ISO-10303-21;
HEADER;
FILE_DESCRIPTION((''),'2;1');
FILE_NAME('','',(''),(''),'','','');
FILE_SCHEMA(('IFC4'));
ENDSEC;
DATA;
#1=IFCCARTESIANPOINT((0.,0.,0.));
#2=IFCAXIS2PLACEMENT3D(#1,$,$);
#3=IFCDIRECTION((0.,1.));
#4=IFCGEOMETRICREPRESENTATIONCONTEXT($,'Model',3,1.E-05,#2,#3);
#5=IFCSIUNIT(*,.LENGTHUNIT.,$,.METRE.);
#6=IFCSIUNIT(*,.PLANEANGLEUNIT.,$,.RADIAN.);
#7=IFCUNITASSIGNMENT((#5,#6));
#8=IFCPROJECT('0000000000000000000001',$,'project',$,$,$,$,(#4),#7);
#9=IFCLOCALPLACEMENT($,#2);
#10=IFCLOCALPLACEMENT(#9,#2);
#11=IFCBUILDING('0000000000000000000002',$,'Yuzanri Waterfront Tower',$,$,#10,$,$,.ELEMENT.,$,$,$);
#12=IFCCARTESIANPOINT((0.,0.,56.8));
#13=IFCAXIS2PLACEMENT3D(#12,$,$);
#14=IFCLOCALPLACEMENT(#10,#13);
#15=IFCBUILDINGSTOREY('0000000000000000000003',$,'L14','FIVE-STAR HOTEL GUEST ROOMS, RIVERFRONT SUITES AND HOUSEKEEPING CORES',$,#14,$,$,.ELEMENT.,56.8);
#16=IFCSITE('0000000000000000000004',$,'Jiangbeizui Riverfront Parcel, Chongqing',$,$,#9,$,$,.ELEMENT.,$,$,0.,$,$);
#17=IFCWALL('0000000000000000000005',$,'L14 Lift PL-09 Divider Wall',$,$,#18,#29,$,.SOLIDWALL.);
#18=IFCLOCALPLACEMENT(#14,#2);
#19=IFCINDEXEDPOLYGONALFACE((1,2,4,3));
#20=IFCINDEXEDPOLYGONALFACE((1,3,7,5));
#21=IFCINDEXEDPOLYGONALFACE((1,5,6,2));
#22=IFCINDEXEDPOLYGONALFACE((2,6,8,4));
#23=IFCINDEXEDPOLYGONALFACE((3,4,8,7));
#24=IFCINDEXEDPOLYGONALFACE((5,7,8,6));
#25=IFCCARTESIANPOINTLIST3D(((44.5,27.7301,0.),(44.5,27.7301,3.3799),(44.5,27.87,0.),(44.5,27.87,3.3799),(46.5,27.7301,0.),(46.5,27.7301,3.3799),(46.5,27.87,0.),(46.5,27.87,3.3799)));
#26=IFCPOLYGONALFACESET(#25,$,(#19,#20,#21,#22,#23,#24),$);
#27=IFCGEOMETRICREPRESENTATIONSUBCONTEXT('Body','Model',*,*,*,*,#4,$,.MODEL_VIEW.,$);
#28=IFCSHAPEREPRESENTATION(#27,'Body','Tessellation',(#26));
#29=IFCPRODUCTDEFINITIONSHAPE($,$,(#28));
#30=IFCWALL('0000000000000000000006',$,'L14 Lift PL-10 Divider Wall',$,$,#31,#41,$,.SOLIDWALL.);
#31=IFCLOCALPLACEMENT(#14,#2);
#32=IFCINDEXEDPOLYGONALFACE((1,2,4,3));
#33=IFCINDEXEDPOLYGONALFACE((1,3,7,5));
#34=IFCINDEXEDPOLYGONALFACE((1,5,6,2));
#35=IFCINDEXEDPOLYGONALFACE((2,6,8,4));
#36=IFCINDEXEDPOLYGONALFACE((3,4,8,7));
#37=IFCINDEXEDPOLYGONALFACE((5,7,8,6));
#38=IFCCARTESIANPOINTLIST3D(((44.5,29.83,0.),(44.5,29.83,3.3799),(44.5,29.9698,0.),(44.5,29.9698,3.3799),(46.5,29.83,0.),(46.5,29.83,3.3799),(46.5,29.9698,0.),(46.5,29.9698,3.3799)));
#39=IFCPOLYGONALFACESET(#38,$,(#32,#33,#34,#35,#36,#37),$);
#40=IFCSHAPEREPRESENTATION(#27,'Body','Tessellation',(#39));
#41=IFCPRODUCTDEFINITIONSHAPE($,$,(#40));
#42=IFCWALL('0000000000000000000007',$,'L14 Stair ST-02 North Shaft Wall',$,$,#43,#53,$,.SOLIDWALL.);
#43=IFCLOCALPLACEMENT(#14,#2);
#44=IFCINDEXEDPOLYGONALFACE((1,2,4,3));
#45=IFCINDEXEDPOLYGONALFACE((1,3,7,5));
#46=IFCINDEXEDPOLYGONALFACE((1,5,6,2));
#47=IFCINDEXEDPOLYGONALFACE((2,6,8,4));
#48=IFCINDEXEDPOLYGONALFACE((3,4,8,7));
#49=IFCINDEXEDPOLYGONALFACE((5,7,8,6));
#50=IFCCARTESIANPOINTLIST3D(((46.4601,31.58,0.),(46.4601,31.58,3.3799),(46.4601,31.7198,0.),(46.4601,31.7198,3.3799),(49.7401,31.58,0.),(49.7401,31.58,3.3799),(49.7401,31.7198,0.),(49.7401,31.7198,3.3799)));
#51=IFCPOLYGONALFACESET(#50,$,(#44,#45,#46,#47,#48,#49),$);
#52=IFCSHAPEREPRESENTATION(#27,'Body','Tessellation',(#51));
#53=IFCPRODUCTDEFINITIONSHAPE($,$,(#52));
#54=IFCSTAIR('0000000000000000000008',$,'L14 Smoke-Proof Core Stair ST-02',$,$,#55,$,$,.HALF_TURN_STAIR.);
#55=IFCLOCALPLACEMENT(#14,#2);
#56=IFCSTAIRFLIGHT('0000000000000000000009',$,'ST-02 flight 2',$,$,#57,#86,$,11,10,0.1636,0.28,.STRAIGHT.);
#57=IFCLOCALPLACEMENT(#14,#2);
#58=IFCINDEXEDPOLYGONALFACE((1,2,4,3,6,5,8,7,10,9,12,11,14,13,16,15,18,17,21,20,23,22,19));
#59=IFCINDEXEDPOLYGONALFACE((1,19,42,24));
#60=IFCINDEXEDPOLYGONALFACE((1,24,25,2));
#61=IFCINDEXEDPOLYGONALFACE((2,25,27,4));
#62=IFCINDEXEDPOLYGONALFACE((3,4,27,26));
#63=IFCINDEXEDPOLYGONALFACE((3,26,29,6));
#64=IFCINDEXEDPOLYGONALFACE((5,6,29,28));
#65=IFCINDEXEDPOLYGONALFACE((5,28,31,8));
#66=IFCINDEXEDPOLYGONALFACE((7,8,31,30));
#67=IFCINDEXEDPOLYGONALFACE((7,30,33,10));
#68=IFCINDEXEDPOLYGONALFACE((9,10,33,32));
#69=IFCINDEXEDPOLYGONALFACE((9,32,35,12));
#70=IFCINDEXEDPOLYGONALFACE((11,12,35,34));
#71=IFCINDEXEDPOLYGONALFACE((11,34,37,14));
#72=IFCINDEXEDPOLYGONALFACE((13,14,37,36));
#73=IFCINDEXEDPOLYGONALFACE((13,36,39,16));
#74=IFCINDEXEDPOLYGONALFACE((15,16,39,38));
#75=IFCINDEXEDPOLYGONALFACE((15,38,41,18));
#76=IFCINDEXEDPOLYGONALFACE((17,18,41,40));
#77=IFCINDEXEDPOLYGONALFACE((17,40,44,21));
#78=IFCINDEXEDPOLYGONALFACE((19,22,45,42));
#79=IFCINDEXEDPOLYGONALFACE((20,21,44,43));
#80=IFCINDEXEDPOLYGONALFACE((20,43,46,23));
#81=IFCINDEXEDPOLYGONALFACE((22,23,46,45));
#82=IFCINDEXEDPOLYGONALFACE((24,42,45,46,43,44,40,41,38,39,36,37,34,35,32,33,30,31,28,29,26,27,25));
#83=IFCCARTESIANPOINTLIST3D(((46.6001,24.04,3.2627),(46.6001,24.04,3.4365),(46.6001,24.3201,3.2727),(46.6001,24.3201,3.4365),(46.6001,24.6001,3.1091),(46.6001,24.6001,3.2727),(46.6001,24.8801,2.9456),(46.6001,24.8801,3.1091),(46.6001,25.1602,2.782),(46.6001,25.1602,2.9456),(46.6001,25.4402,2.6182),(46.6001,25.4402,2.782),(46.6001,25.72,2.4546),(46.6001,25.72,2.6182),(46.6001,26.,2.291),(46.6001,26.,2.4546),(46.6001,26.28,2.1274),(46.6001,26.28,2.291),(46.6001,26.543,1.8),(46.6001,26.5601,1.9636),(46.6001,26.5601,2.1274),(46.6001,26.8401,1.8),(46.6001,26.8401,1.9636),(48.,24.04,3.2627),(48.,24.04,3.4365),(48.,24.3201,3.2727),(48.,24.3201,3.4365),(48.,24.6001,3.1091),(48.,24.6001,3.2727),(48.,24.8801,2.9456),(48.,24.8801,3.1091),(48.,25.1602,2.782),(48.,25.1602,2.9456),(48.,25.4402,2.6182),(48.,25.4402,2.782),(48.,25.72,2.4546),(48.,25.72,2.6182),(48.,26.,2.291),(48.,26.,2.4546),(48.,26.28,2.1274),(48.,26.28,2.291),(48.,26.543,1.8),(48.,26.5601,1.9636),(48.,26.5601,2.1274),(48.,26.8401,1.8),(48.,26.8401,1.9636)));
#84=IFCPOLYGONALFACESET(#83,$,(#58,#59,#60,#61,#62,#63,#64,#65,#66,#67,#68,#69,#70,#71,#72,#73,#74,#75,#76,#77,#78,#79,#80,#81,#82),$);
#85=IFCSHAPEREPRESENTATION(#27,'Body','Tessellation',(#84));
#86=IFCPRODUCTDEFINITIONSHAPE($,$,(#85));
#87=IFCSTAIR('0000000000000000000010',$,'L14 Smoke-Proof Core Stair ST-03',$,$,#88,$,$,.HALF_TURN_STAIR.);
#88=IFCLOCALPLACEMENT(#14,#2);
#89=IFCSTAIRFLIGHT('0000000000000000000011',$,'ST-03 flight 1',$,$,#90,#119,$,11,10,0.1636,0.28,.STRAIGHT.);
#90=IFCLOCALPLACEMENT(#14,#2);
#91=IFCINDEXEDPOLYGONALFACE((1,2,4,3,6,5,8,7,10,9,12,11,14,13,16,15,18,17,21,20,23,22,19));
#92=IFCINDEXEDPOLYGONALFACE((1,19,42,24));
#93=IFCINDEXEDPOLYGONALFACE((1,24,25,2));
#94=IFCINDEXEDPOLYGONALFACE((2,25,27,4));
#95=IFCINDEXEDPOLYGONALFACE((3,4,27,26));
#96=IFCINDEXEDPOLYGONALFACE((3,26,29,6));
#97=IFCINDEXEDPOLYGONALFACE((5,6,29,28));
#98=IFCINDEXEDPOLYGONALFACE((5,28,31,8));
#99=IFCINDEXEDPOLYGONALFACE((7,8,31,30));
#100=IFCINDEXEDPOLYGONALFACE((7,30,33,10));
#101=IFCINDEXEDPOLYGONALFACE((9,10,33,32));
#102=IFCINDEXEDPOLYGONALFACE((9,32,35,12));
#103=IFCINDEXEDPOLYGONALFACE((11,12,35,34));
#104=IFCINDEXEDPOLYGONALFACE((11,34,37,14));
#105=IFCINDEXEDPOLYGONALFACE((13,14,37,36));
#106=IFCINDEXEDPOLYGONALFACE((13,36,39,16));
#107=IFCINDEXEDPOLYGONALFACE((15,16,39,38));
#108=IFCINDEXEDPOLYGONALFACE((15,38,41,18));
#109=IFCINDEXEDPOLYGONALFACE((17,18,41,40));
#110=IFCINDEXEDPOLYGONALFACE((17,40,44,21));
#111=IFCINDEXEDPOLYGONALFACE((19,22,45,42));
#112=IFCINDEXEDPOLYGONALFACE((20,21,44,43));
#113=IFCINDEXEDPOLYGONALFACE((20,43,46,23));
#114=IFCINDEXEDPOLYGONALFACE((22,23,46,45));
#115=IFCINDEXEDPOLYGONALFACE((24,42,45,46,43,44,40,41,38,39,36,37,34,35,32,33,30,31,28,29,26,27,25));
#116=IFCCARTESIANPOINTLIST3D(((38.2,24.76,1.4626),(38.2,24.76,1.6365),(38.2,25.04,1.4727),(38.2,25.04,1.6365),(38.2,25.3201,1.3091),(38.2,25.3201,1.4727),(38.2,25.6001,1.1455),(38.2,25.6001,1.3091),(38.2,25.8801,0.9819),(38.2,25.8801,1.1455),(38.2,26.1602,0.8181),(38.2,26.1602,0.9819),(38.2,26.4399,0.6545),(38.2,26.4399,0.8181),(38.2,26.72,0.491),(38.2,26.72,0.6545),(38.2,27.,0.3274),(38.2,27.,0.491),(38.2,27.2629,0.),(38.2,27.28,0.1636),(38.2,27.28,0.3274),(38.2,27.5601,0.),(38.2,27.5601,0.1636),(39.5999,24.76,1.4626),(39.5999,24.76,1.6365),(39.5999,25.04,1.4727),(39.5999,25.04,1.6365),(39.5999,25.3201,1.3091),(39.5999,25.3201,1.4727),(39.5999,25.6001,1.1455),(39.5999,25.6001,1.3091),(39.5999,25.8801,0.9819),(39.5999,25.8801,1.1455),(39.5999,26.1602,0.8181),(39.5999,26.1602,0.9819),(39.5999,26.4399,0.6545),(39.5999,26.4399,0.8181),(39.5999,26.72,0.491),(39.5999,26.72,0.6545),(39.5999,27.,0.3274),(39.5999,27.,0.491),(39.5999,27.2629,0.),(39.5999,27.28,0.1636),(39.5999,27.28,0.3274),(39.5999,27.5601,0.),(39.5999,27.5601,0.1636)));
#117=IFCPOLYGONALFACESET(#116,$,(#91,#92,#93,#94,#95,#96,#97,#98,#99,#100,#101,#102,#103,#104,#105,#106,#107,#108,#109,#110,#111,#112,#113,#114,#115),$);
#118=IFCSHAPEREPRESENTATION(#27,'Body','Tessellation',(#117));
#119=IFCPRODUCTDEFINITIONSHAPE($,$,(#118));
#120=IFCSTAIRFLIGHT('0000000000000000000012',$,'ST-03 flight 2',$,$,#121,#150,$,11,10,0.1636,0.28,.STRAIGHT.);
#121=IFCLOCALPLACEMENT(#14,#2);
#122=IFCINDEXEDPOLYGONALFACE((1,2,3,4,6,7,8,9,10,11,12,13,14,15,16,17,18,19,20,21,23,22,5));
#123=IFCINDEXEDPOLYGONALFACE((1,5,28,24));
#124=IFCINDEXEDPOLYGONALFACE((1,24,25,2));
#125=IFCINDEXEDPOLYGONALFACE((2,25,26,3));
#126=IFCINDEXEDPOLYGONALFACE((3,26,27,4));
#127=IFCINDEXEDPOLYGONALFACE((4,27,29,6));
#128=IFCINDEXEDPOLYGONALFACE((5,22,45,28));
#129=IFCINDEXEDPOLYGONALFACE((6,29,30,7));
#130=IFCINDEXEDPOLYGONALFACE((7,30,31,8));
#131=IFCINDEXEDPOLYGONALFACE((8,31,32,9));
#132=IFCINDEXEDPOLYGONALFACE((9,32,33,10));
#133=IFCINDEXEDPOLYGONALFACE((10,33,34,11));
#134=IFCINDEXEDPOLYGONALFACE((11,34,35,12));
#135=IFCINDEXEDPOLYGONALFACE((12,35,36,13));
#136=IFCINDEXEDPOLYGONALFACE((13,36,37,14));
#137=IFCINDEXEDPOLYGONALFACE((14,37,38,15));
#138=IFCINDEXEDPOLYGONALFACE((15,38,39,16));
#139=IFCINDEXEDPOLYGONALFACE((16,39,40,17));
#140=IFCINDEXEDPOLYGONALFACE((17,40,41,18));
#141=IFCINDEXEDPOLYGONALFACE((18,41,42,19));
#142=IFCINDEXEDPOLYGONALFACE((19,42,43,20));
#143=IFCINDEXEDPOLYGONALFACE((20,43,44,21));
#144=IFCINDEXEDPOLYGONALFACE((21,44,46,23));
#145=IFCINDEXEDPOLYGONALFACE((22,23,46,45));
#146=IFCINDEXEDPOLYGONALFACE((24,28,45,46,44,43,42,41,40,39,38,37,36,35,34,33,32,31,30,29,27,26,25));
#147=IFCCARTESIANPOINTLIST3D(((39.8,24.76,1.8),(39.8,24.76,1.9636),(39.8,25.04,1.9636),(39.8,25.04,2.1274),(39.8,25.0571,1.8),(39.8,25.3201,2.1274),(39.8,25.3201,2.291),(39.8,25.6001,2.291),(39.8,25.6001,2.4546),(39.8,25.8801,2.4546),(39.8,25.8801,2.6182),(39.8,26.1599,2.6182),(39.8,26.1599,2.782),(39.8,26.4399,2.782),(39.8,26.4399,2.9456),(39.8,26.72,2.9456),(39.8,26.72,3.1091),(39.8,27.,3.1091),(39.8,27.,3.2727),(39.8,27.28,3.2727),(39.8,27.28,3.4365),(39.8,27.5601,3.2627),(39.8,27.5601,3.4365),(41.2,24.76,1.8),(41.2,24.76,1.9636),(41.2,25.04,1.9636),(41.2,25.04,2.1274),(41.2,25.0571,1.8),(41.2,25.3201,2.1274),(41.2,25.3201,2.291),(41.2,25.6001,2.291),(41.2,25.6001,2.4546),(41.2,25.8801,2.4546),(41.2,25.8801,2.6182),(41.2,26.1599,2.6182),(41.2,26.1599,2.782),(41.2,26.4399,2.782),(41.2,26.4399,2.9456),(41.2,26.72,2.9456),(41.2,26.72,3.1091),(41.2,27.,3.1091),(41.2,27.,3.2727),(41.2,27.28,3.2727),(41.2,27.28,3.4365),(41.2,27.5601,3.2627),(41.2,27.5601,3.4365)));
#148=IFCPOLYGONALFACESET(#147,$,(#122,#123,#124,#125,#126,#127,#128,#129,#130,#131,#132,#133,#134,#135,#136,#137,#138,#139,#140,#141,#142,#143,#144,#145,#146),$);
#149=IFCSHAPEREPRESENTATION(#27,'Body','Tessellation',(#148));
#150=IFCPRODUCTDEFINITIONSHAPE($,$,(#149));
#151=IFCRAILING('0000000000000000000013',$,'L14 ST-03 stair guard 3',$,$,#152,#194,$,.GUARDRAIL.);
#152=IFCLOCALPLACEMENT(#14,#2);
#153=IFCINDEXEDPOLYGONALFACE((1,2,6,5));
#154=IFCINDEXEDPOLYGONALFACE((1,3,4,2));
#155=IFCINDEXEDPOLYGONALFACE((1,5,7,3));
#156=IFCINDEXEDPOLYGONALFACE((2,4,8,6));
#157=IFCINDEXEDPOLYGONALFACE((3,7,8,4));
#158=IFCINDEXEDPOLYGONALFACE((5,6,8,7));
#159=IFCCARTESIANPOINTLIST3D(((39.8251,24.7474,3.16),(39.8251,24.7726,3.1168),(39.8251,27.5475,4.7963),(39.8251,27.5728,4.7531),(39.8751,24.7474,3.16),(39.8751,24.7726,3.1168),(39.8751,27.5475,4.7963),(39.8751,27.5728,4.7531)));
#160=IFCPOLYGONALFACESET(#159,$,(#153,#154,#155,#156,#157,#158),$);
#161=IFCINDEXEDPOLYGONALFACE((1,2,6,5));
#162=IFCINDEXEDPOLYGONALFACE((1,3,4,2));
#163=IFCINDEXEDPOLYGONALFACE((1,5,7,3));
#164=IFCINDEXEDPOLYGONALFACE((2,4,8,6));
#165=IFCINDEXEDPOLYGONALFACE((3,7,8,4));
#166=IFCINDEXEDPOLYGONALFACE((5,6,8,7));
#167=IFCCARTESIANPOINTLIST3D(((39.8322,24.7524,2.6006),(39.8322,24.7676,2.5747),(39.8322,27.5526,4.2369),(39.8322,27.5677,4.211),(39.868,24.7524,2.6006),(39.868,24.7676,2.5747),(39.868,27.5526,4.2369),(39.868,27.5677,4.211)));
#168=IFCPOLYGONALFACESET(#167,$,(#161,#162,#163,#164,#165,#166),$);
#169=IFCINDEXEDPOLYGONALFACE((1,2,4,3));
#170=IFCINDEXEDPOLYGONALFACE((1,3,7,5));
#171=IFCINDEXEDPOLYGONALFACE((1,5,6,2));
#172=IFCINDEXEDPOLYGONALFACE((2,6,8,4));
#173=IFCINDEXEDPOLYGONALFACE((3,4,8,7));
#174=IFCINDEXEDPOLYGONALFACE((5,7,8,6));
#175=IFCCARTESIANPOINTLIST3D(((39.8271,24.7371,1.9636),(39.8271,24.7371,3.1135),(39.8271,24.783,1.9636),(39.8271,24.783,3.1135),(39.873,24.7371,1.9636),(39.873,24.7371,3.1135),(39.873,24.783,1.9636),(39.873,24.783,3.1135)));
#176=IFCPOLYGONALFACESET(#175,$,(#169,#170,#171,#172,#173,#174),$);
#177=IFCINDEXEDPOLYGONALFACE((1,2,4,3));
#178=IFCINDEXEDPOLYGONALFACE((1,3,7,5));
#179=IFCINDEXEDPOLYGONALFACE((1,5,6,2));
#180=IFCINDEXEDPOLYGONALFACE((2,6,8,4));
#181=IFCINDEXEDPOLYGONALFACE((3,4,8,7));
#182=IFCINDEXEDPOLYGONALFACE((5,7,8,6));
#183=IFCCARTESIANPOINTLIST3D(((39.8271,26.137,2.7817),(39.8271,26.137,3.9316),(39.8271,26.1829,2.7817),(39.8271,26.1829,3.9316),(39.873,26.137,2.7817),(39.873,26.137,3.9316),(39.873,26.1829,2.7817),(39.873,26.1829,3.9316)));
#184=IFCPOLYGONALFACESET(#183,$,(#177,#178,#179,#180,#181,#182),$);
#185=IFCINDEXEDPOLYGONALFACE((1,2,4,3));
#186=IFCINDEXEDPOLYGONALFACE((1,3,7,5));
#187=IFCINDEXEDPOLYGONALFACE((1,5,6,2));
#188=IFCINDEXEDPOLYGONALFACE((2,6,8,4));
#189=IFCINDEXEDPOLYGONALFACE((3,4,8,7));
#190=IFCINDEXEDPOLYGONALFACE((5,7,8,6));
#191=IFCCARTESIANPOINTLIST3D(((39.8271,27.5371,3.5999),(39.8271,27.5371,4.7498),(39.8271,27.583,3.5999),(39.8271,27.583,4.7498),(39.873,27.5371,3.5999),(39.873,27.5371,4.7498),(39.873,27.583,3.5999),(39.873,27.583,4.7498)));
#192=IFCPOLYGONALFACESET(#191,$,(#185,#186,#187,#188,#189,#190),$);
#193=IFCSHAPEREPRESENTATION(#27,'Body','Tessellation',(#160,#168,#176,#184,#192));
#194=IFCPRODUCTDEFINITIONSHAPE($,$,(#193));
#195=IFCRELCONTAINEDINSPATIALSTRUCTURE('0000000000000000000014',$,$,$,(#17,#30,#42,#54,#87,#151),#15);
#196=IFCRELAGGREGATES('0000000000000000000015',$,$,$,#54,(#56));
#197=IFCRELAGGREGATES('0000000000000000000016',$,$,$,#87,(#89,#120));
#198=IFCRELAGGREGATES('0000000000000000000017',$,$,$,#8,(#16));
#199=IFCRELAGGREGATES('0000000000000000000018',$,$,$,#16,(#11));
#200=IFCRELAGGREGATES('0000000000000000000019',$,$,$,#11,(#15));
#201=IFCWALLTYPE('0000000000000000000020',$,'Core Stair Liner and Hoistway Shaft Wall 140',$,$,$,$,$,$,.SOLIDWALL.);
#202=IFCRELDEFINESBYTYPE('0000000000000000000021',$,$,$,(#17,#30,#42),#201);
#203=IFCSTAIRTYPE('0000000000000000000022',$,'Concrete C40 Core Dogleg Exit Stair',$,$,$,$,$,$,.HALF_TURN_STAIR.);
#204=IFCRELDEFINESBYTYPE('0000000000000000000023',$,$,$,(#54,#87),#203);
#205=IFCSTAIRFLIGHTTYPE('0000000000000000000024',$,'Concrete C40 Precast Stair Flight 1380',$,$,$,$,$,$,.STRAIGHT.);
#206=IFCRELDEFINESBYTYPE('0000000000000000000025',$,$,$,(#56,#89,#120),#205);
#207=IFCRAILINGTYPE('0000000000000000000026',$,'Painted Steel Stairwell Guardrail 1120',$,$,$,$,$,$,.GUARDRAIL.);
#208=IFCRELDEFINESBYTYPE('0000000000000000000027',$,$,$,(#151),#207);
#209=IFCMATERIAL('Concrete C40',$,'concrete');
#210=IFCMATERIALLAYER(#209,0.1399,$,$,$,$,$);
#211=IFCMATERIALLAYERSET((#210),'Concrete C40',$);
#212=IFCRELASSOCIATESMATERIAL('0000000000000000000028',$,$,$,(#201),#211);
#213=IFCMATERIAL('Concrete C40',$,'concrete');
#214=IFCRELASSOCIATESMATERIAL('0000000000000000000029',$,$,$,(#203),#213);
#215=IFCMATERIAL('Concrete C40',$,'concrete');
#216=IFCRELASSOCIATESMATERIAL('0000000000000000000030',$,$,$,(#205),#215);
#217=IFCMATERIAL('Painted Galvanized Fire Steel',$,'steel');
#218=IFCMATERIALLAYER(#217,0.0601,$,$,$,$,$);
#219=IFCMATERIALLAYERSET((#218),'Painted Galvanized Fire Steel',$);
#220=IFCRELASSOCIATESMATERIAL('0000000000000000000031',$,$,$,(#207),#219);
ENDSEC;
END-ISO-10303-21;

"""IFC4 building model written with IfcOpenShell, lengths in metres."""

from ifc_helpers import new_model, si_unit, direction, frame, frame_2d, origin, origin_2d, place, context, subcontext, project, spatial, polyline, rectangle, outline, extrude, source, transform, mapped, material, layer, layer_set, type_object, element, aggregate, save


model = new_model("IFC4")

# Units and contexts
model_context = context("Model", 3, precision=1e-05, world=origin(), true_north=direction((0.0, 1.0)))
body_context = subcontext(model_context, "Body", "Model", "MODEL_VIEW")
ifc_project = project(units=[si_unit("LENGTHUNIT", "METRE"), si_unit("PLANEANGLEUNIT", "RADIAN")], contexts=[model_context])

# Site, building, storey
site_placement = place(None, origin())
site = spatial("IfcSite", under=ifc_project, at=site_placement, Name="Jiangbeizui Riverfront Parcel, Chongqing", CompositionType="ELEMENT", RefElevation=0.0)
building_placement = place(site_placement, origin())
building = spatial("IfcBuilding", under=site, at=building_placement, Name="Yuzanri Waterfront Tower", CompositionType="ELEMENT")
storey_placement = place(building_placement, frame((0.0, 0.0, 56.8)))
storey = spatial("IfcBuildingStorey", under=building, at=storey_placement, Name="L14", Description="FIVE-STAR HOTEL GUEST ROOMS, RIVERFRONT SUITES AND HOUSEKEEPING CORES", CompositionType="ELEMENT", Elevation=56.8)

# Shared definitions
ifc_material_1 = material(Name="Concrete C40", Category="concrete")
ifc_layer_1 = layer(ifc_material_1, 0.1399)
ifc_layer_set_1 = layer_set([ifc_layer_1], Name="Concrete C40")
wall_type = type_object("IfcWallType", Name="Core Stair Liner and Hoistway Shaft Wall 140", PredefinedType="SOLIDWALL", material=ifc_layer_set_1)

# Walls
shared_shape_1 = source(origin(), body_context, "Body", "SweptSolid", [
    extrude(rectangle(XDim=2.0, YDim=0.1399, at=frame_2d((1.0, 0.0))), origin(), (0.0, 0.0, 1.0), 3.3799),
])
for number, where, z_axis, x_axis, name in (
    (1, (44.5, 27.8, 0.0), (0.0, 0.0, 1.0), (1.0, 0.0, 0.0), "L14 Lift PL-09 Divider Wall"),
    (2, (44.5, 29.8999, 0.0), (0.0, 0.0, 1.0), (1.0, 0.0, 0.0), "L14 Lift PL-10 Divider Wall"),
):
    element("IfcWall", number, at=place(storey_placement, frame(where, z_axis=z_axis, x_axis=x_axis)), inside=storey, type_object=wall_type, Name=name, PredefinedType="SOLIDWALL", context=body_context, shape_type="MappedRepresentation", body=[
        mapped(shared_shape_1, transform((0.0, 0.0, 0.0), scale=1.0)),
    ])
shared_shape_2 = source(origin(), body_context, "Body", "SweptSolid", [
    extrude(rectangle(XDim=3.28, YDim=0.1399, at=frame_2d((1.6401, 0.0))), origin(), (0.0, 0.0, 1.0), 3.3799),
])
wall_1_placement = place(storey_placement, frame((46.46, 31.6499, 0.0), z_axis=(0.0, 0.0, 1.0), x_axis=(1.0, 0.0, 0.0)))
element("IfcWall", 3, at=wall_1_placement, inside=storey, type_object=wall_type, Name="L14 Stair ST-02 North Shaft Wall", PredefinedType="SOLIDWALL", context=body_context, shape_type="MappedRepresentation", body=[
    mapped(shared_shape_2, transform((0.0, 0.0, 0.0), scale=1.0)),
])

# Stair, stair flight
ifc_material_2 = material(Name="Concrete C40", Category="concrete")
stair_type = type_object("IfcStairType", Name="Concrete C40 Core Dogleg Exit Stair", PredefinedType="HALF_TURN_STAIR", material=ifc_material_2)
stair_1_placement = place(storey_placement, origin())
stair_1 = element("IfcStair", 4, at=stair_1_placement, inside=storey, type_object=stair_type, Name="L14 Smoke-Proof Core Stair ST-02", PredefinedType="HALF_TURN_STAIR")
ifc_material_3 = material(Name="Concrete C40", Category="concrete")
stair_flight_type = type_object("IfcStairFlightType", Name="Concrete C40 Precast Stair Flight 1380", PredefinedType="STRAIGHT", material=ifc_material_3)
shared_shape_3 = source(origin(), body_context, "Body", "SweptSolid", [
    extrude(outline(polyline([(0.0, 0.0), (0.0, 0.1636), (0.28, 0.1636), (0.28, 0.3274), (0.5601, 0.3274), (0.5601, 0.491), (0.8401, 0.491), (0.8401, 0.6545), (1.1201, 0.6545), (1.1201, 0.8181), (1.3999, 0.8181), (1.3999, 0.9819), (1.6799, 0.9819), (1.6799, 1.1455), (1.96, 1.1455), (1.96, 1.3091), (2.24, 1.3091), (2.24, 1.4727), (2.52, 1.4727), (2.52, 1.6365), (2.8, 1.6365), (2.8, 1.8), (2.8, 1.4626), (0.2971, 0.0), (0.0, 0.0)])), frame((0.0, 0.7, 0.0), z_axis=(0.0, -1.0, 0.0), x_axis=(1.0, 0.0, 0.0)), (0.0, 0.0, 1.0), 1.3999),
])
stair_flight_1_placement = place(storey_placement, frame((47.3, 26.8401, 1.8), z_axis=(0.0, 0.0, 1.0), x_axis=(0.0, -1.0, 0.0)))
stair_flight_1 = element("IfcStairFlight", 5, at=stair_flight_1_placement, type_object=stair_flight_type, Name="ST-02 flight 2", NumberOfRisers=11, NumberOfTreads=10, PredefinedType="STRAIGHT", RiserHeight=0.1636, TreadLength=0.28, context=body_context, shape_type="MappedRepresentation", body=[
    mapped(shared_shape_3, transform((0.0, 0.0, 0.0), scale=1.0)),
])
aggregate(stair_1, [stair_flight_1])

# Stair, stair flights
stair_2_placement = place(storey_placement, origin())
stair_2 = element("IfcStair", 6, at=stair_2_placement, inside=storey, type_object=stair_type, Name="L14 Smoke-Proof Core Stair ST-03", PredefinedType="HALF_TURN_STAIR")
stair_flight_2_placement = place(storey_placement, frame((38.8999, 27.5601, 0.0), z_axis=(0.0, 0.0, 1.0), x_axis=(0.0, -1.0, 0.0)))
stair_flight_2 = element("IfcStairFlight", 7, at=stair_flight_2_placement, type_object=stair_flight_type, Name="ST-03 flight 1", NumberOfRisers=11, NumberOfTreads=10, PredefinedType="STRAIGHT", RiserHeight=0.1636, TreadLength=0.28, context=body_context, shape_type="MappedRepresentation", body=[
    mapped(shared_shape_3, transform((0.0, 0.0, 0.0), scale=1.0)),
])
stair_flight_3_placement = place(storey_placement, frame((40.5, 24.76, 1.8), z_axis=(0.0, 0.0, 1.0), x_axis=(0.0, 1.0, 0.0)))
stair_flight_3 = element("IfcStairFlight", 8, at=stair_flight_3_placement, type_object=stair_flight_type, Name="ST-03 flight 2", NumberOfRisers=11, NumberOfTreads=10, PredefinedType="STRAIGHT", RiserHeight=0.1636, TreadLength=0.28, context=body_context, shape_type="MappedRepresentation", body=[
    mapped(shared_shape_3, transform((0.0, 0.0, 0.0), scale=1.0)),
])
aggregate(stair_2, [stair_flight_2, stair_flight_3])

# Railing
ifc_material_4 = material(Name="Painted Galvanized Fire Steel", Category="steel")
ifc_layer_2 = layer(ifc_material_4, 0.0601)
ifc_layer_set_2 = layer_set([ifc_layer_2], Name="Painted Galvanized Fire Steel")
railing_type_1 = type_object("IfcRailingType", Name="Painted Steel Stairwell Guardrail 1120", PredefinedType="GUARDRAIL", material=ifc_layer_set_2)
shared_shape_4 = source(origin(), body_context, "Body", "SweptSolid", [
    extrude(rectangle(XDim=0.05, YDim=0.05, at=origin_2d()), frame((0.0, 0.0, 1.1748), z_axis=(0.0, 0.863394, 0.504531), x_axis=(-1.0, 0.0, 0.0)), (0.0, 0.0, 1.0), 3.2432),
    extrude(rectangle(XDim=0.0359, YDim=0.03, at=origin_2d()), frame((0.0, 0.0, 0.624), z_axis=(0.0, 0.863394, 0.504531), x_axis=(-1.0, 0.0, 0.0)), (0.0, 0.0, 1.0), 3.2432),
    extrude(rectangle(XDim=0.0459, YDim=0.0459, at=origin_2d()), origin(), (0.0, 0.0, 1.0), 1.1499),
    extrude(rectangle(XDim=0.0459, YDim=0.0459, at=origin_2d()), frame((0.0, 1.3999, 0.8181)), (0.0, 0.0, 1.0), 1.1499),
    extrude(rectangle(XDim=0.0459, YDim=0.0459, at=origin_2d()), frame((0.0, 2.8, 1.6362)), (0.0, 0.0, 1.0), 1.1499),
])
railing_1_placement = place(storey_placement, frame((39.8501, 24.76, 1.9636)))
element("IfcRailing", 9, at=railing_1_placement, inside=storey, type_object=railing_type_1, Name="L14 ST-03 stair guard 3", PredefinedType="GUARDRAIL", context=body_context, shape_type="MappedRepresentation", body=[
    mapped(shared_shape_4, transform((0.0, 0.0, 0.0), scale=1.0)),
])

save(model, "model.ifc")
